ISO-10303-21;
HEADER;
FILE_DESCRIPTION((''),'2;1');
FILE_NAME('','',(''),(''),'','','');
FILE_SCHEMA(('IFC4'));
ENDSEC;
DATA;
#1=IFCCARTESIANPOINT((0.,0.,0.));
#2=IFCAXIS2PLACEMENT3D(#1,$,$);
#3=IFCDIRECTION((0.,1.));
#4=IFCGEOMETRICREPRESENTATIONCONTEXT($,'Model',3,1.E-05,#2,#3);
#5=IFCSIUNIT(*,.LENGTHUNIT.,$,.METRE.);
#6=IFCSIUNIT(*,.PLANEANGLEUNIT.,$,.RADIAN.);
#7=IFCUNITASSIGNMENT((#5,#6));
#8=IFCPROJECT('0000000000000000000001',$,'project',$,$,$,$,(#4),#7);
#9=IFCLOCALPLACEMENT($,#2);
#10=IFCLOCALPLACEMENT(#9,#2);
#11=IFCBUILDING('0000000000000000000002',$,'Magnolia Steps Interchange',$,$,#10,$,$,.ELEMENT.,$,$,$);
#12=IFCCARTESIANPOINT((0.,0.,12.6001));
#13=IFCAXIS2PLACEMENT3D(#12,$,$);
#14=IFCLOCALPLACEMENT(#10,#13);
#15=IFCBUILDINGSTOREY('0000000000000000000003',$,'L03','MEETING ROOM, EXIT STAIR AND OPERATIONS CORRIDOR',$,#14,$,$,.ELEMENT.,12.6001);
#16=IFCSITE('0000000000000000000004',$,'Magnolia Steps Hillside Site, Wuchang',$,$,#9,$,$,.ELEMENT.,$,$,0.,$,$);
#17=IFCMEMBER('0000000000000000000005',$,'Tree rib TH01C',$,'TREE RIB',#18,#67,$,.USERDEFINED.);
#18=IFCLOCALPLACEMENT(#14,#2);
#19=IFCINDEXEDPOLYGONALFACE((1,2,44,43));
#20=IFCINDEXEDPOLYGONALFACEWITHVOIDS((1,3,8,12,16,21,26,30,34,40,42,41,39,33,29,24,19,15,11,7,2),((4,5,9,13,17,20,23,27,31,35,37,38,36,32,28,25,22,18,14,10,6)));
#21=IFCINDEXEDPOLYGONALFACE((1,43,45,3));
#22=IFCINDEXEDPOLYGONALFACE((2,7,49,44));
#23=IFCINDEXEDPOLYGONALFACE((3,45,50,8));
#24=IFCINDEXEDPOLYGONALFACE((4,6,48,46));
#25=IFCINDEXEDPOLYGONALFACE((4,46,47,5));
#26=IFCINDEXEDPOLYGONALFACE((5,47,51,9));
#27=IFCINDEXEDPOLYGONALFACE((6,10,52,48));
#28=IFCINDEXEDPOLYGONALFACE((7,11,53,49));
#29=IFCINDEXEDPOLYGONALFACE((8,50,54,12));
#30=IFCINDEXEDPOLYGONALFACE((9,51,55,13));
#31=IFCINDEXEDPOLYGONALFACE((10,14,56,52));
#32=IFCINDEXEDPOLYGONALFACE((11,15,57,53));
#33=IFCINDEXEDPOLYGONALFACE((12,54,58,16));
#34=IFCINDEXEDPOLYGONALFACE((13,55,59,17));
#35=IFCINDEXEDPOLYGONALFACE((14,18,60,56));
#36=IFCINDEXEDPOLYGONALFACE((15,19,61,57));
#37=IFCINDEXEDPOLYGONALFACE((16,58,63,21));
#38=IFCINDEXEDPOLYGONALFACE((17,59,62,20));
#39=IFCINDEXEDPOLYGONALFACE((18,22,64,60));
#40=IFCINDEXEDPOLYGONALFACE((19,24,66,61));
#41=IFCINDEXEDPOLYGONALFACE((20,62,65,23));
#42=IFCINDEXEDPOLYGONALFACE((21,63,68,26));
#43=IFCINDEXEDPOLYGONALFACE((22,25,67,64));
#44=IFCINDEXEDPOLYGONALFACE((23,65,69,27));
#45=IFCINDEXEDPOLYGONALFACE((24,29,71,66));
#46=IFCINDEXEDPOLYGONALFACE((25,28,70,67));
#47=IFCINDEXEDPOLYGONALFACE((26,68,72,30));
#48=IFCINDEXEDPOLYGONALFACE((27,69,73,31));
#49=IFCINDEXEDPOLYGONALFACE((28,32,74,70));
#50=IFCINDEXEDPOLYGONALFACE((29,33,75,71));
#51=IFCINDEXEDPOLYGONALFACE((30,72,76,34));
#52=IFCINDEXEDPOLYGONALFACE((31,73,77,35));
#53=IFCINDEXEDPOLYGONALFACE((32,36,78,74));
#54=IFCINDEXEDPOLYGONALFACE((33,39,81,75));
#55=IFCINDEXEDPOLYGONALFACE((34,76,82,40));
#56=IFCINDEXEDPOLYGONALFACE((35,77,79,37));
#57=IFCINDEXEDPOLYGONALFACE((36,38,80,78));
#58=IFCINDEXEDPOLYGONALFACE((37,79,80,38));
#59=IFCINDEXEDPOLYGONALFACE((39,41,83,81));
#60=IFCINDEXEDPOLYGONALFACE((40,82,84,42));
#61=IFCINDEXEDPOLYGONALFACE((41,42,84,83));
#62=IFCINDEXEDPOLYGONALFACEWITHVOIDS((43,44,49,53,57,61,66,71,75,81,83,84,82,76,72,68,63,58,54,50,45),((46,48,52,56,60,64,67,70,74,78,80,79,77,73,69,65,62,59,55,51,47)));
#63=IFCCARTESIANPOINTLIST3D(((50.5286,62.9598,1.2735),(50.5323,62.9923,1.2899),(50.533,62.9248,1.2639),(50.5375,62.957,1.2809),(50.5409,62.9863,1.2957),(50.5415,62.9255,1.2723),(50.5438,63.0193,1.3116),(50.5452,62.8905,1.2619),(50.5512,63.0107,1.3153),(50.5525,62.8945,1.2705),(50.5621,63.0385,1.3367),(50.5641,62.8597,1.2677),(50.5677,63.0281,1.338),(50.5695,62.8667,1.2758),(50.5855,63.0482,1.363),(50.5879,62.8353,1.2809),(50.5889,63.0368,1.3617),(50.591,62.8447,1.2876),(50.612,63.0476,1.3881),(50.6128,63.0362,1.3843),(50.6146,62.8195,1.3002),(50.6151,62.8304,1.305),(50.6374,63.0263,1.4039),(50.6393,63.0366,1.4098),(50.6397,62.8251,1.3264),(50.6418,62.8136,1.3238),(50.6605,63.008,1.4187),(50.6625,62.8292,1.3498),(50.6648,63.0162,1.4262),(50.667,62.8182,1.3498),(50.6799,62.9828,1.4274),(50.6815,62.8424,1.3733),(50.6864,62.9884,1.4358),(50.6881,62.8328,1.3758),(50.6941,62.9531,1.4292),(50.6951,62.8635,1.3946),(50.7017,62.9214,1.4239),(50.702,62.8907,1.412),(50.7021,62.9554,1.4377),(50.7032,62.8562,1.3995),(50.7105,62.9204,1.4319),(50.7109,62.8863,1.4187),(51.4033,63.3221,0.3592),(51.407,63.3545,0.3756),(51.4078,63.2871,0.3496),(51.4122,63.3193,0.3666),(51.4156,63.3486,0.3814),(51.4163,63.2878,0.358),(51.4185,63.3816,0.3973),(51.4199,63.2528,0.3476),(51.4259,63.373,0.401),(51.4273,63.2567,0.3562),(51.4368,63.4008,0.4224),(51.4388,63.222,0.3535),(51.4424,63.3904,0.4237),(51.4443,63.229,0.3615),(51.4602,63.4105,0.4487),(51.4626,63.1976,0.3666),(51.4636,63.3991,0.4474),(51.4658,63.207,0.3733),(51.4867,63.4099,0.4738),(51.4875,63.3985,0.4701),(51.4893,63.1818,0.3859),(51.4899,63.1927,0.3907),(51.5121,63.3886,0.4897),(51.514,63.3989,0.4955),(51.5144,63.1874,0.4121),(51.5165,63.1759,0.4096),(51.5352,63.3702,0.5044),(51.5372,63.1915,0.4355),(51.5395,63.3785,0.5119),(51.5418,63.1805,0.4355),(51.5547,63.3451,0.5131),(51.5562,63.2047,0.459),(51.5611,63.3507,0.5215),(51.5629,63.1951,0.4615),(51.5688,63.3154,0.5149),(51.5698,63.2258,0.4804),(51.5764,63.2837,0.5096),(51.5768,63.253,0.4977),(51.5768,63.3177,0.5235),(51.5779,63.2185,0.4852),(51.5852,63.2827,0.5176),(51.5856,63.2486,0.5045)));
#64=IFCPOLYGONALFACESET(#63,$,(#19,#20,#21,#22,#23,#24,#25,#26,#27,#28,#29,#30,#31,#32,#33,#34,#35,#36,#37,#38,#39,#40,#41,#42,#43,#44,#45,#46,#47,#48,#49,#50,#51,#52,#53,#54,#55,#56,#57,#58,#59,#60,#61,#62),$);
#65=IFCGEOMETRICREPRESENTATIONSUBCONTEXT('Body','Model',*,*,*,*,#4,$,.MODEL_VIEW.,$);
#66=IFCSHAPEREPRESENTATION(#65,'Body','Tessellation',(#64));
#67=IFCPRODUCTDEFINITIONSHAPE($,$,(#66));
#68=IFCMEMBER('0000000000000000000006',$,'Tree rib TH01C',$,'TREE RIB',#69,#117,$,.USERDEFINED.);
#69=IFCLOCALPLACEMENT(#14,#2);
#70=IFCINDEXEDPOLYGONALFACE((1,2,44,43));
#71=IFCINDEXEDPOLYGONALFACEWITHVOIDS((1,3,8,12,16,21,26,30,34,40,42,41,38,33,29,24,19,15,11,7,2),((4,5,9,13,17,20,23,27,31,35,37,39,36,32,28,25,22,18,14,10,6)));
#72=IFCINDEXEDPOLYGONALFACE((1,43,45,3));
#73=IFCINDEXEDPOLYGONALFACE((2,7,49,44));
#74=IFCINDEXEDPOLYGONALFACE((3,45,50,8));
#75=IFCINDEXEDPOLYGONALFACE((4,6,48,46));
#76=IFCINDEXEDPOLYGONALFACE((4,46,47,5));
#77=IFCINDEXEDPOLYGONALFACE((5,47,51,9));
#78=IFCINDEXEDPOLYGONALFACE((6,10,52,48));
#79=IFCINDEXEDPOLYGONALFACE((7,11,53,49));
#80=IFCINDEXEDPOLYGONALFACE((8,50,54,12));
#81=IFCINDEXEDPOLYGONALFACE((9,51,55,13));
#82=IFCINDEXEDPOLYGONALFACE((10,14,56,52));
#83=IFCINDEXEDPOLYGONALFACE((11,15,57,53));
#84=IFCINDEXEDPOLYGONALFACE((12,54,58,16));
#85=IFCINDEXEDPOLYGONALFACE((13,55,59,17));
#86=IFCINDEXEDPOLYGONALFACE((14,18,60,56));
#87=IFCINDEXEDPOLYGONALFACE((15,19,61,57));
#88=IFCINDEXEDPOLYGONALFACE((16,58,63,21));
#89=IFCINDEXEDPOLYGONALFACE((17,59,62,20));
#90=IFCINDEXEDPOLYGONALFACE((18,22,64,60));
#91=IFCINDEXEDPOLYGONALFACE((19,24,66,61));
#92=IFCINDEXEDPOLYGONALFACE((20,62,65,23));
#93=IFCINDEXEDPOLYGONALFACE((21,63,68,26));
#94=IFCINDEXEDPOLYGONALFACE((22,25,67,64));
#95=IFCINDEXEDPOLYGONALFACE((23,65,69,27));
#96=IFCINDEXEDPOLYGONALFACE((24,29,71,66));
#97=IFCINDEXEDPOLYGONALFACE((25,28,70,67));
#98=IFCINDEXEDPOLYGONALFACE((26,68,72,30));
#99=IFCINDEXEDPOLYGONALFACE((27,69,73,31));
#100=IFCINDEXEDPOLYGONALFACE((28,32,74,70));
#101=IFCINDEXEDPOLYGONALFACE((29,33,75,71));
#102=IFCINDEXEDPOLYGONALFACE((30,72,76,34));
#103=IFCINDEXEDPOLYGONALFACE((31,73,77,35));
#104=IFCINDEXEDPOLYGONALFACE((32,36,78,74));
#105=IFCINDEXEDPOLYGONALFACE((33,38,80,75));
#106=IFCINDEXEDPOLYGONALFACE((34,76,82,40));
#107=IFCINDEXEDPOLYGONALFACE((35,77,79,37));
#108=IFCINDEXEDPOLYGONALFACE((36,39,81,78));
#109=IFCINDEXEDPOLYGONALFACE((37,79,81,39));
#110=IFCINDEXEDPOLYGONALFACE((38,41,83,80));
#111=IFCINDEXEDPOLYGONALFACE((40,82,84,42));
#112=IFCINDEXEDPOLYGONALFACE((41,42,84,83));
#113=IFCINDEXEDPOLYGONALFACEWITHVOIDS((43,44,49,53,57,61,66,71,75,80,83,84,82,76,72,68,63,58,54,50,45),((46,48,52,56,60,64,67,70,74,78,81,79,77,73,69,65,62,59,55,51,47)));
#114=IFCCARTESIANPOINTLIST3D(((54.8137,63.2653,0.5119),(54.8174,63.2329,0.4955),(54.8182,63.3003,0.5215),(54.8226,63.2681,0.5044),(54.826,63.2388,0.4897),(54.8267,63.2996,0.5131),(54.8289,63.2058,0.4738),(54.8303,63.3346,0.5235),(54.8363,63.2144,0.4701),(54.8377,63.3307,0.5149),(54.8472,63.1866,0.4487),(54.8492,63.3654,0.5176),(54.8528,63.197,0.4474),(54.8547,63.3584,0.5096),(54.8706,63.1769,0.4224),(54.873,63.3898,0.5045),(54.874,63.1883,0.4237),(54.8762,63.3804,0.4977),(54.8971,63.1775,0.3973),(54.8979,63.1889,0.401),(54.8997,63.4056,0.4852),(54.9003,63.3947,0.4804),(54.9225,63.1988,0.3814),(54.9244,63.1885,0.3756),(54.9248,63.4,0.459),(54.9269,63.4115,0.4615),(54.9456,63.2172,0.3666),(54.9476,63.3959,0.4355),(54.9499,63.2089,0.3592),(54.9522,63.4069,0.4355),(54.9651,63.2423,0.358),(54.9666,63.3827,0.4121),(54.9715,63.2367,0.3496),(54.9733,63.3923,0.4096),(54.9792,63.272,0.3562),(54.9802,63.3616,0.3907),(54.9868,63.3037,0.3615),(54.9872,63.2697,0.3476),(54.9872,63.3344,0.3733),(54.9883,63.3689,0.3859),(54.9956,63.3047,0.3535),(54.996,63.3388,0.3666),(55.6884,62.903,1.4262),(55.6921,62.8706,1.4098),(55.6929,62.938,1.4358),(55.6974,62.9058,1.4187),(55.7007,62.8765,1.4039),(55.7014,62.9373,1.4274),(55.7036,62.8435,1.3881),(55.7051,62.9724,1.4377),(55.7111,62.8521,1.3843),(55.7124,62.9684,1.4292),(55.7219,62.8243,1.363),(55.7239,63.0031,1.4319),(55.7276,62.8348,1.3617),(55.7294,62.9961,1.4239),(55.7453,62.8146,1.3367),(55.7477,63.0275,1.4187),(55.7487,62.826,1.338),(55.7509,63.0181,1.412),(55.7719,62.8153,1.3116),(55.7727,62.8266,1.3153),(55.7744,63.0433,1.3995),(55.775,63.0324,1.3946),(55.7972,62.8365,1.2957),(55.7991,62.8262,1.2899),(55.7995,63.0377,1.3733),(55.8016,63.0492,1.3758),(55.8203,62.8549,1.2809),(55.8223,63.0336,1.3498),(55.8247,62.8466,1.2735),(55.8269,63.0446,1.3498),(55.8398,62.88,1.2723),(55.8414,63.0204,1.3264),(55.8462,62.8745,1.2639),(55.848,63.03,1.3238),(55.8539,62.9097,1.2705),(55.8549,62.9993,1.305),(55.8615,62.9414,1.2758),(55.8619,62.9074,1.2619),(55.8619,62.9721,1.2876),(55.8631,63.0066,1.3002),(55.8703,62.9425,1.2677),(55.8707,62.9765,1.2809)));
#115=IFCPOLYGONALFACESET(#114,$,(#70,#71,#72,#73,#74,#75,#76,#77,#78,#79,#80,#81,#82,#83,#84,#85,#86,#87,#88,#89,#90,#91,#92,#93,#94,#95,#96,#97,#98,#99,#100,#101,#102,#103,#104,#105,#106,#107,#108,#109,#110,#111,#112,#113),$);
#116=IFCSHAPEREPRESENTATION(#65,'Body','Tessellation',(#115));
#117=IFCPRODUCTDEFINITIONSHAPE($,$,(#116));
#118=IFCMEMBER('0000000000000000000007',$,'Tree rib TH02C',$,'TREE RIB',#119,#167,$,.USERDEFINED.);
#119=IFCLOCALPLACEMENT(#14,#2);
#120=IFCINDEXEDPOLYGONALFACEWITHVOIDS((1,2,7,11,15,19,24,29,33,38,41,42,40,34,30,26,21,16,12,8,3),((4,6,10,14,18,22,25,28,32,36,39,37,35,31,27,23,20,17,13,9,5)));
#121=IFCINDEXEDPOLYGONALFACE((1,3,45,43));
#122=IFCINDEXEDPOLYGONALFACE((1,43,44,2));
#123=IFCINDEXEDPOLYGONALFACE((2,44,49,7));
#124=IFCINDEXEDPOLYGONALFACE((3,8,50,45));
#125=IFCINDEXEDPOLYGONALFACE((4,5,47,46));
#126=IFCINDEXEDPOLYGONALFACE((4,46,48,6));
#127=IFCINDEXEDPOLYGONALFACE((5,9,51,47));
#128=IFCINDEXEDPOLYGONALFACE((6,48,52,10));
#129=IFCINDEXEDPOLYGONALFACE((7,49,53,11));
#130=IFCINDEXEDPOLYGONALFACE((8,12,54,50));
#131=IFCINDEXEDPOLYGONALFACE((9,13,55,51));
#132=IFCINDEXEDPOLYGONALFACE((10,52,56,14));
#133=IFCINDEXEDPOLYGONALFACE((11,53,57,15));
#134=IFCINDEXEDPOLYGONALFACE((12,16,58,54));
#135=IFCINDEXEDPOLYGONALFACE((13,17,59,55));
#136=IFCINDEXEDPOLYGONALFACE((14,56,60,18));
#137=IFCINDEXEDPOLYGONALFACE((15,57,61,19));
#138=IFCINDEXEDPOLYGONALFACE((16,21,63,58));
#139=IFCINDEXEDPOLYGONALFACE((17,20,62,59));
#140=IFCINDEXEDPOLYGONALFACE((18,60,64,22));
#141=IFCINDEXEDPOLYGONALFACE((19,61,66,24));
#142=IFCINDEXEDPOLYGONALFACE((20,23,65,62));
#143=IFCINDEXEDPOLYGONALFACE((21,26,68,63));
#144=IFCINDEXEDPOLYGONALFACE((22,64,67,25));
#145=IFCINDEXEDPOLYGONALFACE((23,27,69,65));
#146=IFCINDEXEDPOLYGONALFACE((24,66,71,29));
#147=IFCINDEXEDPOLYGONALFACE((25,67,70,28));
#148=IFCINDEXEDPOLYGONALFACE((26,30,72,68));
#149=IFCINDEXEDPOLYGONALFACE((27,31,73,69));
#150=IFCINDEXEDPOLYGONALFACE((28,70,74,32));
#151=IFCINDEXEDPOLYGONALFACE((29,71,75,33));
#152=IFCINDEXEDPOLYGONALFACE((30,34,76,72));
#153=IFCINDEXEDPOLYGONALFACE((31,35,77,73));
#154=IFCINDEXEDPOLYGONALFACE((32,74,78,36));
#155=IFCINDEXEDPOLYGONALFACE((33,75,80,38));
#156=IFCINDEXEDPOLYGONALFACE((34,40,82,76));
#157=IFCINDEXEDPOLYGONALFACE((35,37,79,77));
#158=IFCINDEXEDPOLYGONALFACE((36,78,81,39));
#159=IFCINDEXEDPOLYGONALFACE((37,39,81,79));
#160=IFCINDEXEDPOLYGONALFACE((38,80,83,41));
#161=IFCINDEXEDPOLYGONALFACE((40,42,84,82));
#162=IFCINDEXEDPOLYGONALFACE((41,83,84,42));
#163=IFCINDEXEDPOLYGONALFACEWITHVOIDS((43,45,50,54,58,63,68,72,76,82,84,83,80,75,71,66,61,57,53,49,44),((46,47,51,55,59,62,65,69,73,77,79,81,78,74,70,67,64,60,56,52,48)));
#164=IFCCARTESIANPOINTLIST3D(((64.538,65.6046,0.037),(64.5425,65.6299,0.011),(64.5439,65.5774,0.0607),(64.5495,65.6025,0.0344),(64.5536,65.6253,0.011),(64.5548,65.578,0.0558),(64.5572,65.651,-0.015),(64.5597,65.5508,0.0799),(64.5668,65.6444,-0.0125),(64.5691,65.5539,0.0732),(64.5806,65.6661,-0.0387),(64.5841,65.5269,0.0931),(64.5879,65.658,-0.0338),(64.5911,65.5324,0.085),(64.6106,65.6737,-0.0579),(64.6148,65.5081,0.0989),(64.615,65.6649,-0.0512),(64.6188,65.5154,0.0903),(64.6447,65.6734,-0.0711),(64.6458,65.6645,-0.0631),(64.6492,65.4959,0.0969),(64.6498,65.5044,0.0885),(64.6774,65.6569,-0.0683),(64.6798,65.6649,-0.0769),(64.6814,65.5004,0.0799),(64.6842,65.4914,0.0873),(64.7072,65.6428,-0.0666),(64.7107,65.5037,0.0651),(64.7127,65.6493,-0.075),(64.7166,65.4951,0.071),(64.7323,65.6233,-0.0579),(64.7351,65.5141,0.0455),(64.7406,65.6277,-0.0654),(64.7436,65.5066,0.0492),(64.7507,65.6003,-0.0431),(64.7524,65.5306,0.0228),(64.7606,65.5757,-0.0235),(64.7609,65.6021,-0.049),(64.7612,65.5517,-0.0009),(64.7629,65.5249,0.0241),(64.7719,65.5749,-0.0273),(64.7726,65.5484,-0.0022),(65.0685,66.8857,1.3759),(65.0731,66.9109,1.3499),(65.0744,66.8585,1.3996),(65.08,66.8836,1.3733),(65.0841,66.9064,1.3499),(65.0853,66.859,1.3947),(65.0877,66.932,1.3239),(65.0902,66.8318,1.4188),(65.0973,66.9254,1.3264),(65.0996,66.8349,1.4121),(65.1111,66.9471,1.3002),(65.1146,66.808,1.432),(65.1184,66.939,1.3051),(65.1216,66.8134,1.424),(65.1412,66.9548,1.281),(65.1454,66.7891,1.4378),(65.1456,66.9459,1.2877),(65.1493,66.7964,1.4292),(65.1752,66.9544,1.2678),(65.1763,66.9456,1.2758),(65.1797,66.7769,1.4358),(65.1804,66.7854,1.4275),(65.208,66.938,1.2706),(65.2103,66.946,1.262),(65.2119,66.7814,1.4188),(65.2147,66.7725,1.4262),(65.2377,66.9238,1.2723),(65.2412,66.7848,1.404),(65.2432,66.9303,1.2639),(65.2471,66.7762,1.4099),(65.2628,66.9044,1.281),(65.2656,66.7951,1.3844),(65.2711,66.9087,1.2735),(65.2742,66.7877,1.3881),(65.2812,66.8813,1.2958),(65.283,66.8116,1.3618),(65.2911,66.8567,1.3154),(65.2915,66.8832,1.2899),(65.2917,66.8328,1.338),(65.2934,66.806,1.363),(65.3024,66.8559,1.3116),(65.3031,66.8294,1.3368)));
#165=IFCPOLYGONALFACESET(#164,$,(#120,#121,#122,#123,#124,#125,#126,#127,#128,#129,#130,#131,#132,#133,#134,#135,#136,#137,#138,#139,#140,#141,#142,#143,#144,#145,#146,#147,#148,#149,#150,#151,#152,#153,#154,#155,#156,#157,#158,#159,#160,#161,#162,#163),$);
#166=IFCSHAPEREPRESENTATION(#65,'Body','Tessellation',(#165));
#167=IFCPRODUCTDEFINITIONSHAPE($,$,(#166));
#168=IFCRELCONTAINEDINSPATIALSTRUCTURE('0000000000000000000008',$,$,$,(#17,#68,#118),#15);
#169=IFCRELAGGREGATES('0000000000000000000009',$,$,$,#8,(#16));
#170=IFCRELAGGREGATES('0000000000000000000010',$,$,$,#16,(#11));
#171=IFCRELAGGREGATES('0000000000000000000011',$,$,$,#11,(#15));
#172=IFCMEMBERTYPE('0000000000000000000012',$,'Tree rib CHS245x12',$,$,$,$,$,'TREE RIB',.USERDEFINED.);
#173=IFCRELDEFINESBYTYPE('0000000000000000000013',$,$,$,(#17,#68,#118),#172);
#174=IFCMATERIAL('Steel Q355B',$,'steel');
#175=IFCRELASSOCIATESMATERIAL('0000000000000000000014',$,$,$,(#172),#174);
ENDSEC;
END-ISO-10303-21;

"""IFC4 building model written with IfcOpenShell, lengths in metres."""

from ifc_helpers import new_model, si_unit, direction, frame, origin, origin_2d, place, context, subcontext, project, spatial, hollow_circle, extrude, material, material_profile, profile_set, type_object, element, save


model = new_model("IFC4")

# Units and contexts
model_context = context("Model", 3, precision=1e-05, world=origin(), true_north=direction((0.0, 1.0)))
body_context = subcontext(model_context, "Body", "Model", "MODEL_VIEW")
ifc_project = project(units=[si_unit("LENGTHUNIT", "METRE"), si_unit("PLANEANGLEUNIT", "RADIAN")], contexts=[model_context])

# Site, building, storey
site_placement = place(None, origin())
site = spatial("IfcSite", under=ifc_project, at=site_placement, Name="Magnolia Steps Hillside Site, Wuchang", CompositionType="ELEMENT", RefElevation=0.0)
building_placement = place(site_placement, origin())
building = spatial("IfcBuilding", under=site, at=building_placement, Name="Magnolia Steps Interchange", CompositionType="ELEMENT")
storey_placement = place(building_placement, frame((0.0, 0.0, 12.6001)))
storey = spatial("IfcBuildingStorey", under=building, at=storey_placement, Name="L03", Description="MEETING ROOM, EXIT STAIR AND OPERATIONS CORRIDOR", CompositionType="ELEMENT", Elevation=12.6001)

# Members
ifc_material_1 = material(Name="Steel Q355B", Category="steel")
ifc_material_profile_1 = material_profile(ifc_material_1, hollow_circle(Radius=0.1226, WallThickness=0.012, at=origin_2d()), Name="CHS245x12")
ifc_profile_set_1 = profile_set([ifc_material_profile_1], Name="Steel Q355B")
member_type = type_object("IfcMemberType", Name="Tree rib CHS245x12", ElementType="TREE RIB", PredefinedType="USERDEFINED", material=ifc_profile_set_1)
for number, where, z_axis, x_axis, name in (
    (1, (51.4949, 63.2937, 0.4355), (-0.6646, -0.275263, 0.694649), (0.382655, -0.923891, 0.0), "Tree rib TH01C"),
    (2, (54.9053, 63.2937, 0.4355), (0.6646, -0.275263, 0.694649), (0.382655, 0.923891, 0.0), "Tree rib TH01C"),
):
    element("IfcMember", number, at=place(storey_placement, frame(where, z_axis=z_axis, x_axis=x_axis)), inside=storey, type_object=member_type, Name=name, ObjectType="TREE RIB", PredefinedType="USERDEFINED", context=body_context, shape_type="SweptSolid", body=[
        extrude(hollow_circle(Radius=0.1226, WallThickness=0.012, at=origin_2d()), origin(), (0.0, 0.0, 1.0), 1.3162),
    ])
for number, where, z_axis, x_axis, name in (
    (3, (64.6558, 65.583, 0.011), (0.275246, 0.664618, 0.694638), (-0.923903, 0.382627, 0.0), "Tree rib TH02C"),
):
    element("IfcMember", number, at=place(storey_placement, frame(where, z_axis=z_axis, x_axis=x_axis)), inside=storey, type_object=member_type, Name=name, ObjectType="TREE RIB", PredefinedType="USERDEFINED", context=body_context, shape_type="SweptSolid", body=[
        extrude(hollow_circle(Radius=0.1226, WallThickness=0.012, at=origin_2d()), origin(), (0.0, 0.0, 1.0), 1.9275),
    ])

save(model, "model.ifc")
